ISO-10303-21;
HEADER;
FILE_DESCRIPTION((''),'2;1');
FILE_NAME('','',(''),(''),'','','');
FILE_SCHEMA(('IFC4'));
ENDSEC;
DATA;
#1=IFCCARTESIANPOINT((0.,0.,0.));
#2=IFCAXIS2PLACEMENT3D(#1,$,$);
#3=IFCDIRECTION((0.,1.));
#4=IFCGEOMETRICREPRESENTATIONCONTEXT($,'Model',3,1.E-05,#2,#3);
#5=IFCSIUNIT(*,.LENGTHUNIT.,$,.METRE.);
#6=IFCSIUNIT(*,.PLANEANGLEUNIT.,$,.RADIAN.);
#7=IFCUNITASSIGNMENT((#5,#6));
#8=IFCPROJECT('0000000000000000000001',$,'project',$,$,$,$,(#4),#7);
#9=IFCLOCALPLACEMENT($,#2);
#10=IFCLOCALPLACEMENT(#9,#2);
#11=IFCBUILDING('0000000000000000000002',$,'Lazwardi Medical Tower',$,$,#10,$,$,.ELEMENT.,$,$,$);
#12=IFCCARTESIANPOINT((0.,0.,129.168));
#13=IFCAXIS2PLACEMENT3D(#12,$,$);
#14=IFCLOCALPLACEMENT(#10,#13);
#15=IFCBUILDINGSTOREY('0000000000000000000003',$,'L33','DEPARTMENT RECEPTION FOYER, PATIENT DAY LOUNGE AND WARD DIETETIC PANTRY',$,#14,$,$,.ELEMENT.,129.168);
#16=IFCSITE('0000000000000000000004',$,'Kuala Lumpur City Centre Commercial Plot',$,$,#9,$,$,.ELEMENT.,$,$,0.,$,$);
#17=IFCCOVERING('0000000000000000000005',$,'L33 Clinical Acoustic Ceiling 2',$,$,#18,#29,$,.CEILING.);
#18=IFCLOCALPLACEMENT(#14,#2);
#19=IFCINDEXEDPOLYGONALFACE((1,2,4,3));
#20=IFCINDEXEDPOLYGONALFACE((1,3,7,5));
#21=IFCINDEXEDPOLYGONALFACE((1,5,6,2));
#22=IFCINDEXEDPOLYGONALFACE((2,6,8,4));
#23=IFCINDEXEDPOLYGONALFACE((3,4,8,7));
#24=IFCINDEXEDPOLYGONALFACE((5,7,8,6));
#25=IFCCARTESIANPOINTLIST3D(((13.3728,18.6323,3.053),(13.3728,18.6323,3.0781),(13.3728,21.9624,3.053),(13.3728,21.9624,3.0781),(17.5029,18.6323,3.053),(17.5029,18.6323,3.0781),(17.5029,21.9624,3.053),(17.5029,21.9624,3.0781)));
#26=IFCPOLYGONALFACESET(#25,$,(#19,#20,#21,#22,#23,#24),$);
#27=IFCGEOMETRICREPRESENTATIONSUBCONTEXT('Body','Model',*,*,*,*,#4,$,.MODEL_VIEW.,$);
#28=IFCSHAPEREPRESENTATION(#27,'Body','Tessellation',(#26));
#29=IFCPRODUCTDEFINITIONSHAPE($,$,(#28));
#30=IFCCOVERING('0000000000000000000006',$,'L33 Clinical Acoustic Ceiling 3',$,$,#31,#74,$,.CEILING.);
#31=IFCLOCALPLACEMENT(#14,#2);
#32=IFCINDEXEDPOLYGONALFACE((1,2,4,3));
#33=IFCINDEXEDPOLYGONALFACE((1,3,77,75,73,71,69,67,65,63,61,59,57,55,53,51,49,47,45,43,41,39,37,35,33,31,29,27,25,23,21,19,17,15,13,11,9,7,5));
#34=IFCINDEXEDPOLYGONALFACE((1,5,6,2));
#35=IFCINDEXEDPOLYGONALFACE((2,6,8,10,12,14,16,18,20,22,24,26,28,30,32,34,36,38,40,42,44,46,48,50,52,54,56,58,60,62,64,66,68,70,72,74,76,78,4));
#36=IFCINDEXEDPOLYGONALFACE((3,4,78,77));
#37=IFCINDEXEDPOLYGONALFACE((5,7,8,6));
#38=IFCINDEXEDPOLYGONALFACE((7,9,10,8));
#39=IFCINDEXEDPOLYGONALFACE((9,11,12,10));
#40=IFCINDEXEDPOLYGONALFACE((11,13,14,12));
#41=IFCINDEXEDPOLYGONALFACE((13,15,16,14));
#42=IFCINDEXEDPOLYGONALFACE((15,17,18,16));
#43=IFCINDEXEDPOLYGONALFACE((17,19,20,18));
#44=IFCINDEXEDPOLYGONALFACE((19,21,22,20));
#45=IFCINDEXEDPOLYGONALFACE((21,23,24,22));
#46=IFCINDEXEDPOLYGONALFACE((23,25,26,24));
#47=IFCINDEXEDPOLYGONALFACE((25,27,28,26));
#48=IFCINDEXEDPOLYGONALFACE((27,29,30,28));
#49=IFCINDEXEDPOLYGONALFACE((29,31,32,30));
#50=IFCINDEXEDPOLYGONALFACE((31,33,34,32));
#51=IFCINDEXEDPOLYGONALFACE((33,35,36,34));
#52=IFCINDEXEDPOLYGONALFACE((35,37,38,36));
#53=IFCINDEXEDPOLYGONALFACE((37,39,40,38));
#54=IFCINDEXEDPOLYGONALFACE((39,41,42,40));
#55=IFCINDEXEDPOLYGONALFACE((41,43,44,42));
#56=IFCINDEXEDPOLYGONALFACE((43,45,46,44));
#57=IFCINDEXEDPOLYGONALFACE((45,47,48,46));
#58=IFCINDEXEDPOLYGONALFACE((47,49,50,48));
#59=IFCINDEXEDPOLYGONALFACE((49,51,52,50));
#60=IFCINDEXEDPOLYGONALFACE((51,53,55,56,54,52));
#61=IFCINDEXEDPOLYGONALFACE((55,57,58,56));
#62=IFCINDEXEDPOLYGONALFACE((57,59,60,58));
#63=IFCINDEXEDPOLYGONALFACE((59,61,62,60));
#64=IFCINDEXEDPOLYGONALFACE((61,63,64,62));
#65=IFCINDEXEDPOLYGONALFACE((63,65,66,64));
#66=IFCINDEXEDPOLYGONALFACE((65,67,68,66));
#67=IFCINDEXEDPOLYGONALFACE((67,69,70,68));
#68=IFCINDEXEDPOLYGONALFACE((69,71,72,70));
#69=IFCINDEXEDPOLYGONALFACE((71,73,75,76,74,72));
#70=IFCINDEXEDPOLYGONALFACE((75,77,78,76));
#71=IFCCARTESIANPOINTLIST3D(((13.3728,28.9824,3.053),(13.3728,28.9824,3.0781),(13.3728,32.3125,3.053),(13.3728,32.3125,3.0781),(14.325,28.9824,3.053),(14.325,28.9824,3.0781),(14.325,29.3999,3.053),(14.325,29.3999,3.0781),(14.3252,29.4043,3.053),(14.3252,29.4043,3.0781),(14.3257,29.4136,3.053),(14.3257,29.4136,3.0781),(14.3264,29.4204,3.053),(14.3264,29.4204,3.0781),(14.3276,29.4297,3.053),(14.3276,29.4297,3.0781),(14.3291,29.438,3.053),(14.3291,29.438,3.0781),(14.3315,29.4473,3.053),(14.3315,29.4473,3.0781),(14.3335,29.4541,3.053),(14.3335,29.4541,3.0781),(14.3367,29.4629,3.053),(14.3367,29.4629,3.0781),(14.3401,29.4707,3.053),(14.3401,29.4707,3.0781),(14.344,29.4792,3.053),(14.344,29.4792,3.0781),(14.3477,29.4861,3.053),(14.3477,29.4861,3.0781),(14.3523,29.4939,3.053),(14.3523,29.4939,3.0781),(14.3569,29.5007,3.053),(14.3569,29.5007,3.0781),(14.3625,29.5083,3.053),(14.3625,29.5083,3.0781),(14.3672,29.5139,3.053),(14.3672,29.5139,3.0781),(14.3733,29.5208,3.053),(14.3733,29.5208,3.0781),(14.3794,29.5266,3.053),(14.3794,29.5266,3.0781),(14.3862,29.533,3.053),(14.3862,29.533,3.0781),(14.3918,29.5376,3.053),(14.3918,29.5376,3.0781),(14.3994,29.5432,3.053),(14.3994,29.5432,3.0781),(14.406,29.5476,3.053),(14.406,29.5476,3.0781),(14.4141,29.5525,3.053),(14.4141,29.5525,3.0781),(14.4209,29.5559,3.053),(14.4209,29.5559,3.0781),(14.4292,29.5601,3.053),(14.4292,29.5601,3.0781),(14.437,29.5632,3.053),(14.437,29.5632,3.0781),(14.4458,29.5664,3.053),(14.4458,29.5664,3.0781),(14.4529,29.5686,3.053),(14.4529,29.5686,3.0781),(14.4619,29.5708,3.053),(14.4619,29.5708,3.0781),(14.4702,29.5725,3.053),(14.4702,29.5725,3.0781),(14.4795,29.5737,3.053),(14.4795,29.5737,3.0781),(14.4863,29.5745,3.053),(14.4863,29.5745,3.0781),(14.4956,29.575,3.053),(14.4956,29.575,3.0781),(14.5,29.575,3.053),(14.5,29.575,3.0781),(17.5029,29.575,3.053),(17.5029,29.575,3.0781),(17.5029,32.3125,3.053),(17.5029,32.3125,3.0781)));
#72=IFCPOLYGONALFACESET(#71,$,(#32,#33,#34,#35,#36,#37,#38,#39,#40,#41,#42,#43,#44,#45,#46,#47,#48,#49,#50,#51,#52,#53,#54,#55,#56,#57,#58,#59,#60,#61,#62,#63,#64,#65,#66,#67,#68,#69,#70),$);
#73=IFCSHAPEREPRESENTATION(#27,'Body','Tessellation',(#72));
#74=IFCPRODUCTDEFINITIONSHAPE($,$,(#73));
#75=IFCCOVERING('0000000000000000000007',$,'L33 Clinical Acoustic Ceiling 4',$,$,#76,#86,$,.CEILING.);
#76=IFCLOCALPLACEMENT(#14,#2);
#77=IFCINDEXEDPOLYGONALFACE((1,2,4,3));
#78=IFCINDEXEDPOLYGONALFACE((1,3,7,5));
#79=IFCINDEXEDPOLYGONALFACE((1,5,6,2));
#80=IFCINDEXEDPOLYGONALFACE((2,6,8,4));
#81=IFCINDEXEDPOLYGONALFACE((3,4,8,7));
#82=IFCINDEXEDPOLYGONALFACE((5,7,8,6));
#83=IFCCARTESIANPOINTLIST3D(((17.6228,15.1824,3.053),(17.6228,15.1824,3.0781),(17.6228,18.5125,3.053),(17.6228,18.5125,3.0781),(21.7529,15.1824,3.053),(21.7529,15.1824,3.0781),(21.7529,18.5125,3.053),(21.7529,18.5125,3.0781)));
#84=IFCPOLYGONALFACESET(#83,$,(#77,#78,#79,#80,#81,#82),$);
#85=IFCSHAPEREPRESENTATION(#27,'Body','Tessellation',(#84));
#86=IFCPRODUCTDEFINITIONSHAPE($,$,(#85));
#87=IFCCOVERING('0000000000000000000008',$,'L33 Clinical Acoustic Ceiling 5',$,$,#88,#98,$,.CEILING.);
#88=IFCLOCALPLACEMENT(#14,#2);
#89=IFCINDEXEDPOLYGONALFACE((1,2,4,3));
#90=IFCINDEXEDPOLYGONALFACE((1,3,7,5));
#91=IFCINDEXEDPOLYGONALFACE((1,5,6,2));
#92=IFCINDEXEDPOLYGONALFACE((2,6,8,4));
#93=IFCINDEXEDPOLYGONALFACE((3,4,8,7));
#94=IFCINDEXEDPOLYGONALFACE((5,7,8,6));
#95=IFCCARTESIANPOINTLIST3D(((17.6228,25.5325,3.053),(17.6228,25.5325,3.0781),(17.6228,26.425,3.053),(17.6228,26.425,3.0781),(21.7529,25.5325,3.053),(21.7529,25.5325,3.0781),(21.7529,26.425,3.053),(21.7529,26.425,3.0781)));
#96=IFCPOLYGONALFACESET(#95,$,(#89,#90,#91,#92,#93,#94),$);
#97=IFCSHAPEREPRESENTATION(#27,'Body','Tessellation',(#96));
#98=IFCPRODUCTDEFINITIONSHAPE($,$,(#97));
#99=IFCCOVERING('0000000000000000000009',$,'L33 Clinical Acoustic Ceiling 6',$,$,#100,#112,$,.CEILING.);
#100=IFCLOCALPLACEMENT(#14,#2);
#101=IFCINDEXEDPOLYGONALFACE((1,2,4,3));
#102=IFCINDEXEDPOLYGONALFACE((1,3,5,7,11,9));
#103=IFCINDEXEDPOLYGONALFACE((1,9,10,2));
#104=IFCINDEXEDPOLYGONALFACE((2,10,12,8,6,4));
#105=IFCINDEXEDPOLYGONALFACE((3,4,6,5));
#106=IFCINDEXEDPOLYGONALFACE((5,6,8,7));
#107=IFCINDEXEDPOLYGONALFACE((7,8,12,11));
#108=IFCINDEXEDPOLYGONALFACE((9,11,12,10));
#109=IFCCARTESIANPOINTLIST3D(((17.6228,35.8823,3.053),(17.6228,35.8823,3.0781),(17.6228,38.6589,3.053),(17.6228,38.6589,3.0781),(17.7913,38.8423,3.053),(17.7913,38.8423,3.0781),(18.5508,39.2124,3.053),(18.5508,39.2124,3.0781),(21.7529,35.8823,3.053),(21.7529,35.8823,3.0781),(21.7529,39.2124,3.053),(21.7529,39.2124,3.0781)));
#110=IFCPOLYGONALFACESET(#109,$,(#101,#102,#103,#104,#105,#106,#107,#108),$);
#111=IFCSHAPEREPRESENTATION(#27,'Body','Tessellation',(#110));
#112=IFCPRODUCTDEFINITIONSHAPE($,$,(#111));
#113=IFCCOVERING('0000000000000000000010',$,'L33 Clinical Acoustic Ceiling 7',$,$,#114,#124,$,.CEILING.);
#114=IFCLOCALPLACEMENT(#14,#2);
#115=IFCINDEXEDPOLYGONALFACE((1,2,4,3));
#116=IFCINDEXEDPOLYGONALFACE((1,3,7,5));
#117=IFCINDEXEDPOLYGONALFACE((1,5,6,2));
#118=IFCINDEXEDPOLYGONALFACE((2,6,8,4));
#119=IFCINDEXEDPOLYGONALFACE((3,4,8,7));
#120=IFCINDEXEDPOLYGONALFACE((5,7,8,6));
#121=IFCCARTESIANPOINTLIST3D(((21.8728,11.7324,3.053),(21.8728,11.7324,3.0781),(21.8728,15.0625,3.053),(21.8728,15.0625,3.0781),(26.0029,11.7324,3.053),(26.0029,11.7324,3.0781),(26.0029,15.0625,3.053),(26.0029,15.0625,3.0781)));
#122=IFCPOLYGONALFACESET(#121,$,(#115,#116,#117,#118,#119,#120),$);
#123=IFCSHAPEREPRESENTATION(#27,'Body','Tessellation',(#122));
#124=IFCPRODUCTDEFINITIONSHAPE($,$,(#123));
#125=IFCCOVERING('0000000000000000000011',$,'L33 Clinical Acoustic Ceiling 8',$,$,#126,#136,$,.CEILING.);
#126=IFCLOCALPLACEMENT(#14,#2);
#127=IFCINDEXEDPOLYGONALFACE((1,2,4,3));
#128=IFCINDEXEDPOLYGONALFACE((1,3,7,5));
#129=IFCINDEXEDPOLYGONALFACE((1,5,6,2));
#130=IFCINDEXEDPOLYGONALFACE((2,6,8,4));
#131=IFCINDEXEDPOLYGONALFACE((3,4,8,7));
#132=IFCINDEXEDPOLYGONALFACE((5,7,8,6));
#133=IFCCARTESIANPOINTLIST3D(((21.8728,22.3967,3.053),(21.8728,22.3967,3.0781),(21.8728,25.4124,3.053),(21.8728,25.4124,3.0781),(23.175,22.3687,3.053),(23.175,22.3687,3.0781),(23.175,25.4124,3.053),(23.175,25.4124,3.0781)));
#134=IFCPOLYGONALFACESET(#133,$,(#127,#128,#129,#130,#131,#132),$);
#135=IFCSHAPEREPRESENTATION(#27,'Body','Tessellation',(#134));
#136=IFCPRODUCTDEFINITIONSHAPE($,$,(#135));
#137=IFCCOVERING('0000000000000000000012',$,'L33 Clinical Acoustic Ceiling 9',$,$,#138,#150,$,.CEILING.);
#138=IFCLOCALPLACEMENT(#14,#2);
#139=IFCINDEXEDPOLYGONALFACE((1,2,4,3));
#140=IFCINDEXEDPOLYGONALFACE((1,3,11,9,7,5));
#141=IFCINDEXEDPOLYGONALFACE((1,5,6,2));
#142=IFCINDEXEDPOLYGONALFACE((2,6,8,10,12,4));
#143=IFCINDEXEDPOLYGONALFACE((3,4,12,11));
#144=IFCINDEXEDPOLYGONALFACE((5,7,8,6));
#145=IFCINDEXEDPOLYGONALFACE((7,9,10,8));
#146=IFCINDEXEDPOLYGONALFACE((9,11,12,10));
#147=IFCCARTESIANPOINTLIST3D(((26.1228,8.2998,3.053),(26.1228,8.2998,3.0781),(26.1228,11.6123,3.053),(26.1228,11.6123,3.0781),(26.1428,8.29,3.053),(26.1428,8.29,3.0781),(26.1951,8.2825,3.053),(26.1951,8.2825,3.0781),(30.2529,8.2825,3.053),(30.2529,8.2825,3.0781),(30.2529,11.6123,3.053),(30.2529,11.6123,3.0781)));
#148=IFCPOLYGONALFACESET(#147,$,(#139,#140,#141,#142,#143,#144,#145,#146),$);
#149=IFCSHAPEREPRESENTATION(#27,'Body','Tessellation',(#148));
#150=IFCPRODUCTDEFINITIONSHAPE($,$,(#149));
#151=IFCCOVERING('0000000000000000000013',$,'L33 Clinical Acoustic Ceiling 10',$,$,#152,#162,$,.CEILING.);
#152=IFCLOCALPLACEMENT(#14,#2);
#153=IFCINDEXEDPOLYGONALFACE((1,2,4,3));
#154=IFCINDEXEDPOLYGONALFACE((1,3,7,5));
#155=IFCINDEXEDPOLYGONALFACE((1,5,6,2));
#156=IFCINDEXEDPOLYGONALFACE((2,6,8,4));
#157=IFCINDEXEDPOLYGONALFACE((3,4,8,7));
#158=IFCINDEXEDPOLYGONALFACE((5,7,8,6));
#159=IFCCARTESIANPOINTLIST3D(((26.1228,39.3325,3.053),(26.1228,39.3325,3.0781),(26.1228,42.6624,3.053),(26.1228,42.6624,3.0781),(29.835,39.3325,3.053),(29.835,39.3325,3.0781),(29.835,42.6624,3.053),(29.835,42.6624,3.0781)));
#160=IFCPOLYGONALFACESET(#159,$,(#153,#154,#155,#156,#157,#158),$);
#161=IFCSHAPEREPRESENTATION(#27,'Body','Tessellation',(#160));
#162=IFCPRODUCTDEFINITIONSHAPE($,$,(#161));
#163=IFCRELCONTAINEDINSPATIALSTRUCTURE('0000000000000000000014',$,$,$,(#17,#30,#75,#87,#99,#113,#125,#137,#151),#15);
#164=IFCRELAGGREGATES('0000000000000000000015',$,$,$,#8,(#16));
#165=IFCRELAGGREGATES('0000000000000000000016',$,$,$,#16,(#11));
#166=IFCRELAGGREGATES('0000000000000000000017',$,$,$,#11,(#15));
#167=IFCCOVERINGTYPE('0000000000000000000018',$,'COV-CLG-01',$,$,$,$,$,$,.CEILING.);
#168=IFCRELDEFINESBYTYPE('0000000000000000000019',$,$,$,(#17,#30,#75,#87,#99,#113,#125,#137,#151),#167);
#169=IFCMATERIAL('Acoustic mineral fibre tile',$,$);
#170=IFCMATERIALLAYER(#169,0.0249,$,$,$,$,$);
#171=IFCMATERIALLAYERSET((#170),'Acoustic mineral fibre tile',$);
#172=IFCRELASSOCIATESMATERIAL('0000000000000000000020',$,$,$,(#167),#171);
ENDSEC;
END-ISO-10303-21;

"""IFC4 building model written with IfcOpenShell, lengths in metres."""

from ifc_helpers import new_model, si_unit, direction, frame, origin, place, context, subcontext, project, spatial, polyline, outline, extrude, material, layer, layer_set, type_object, element, save


model = new_model("IFC4")

# Units and contexts
model_context = context("Model", 3, precision=1e-05, world=origin(), true_north=direction((0.0, 1.0)))
body_context = subcontext(model_context, "Body", "Model", "MODEL_VIEW")
ifc_project = project(units=[si_unit("LENGTHUNIT", "METRE"), si_unit("PLANEANGLEUNIT", "RADIAN")], contexts=[model_context])

# Site, building, storey
site_placement = place(None, origin())
site = spatial("IfcSite", under=ifc_project, at=site_placement, Name="Kuala Lumpur City Centre Commercial Plot", CompositionType="ELEMENT", RefElevation=0.0)
building_placement = place(site_placement, origin())
building = spatial("IfcBuilding", under=site, at=building_placement, Name="Lazwardi Medical Tower", CompositionType="ELEMENT")
storey_placement = place(building_placement, frame((0.0, 0.0, 129.168)))
storey = spatial("IfcBuildingStorey", under=building, at=storey_placement, Name="L33", Description="DEPARTMENT RECEPTION FOYER, PATIENT DAY LOUNGE AND WARD DIETETIC PANTRY", CompositionType="ELEMENT", Elevation=129.168)

# Coverings
ifc_material_1 = material(Name="Acoustic mineral fibre tile")
ifc_layer_1 = layer(ifc_material_1, 0.0249)
ifc_layer_set_1 = layer_set([ifc_layer_1], Name="Acoustic mineral fibre tile")
covering_type_1 = type_object("IfcCoveringType", Name="COV-CLG-01", PredefinedType="CEILING", material=ifc_layer_set_1)
covering_1_placement = place(storey_placement, frame((0.0, 0.0, 3.053)))
element("IfcCovering", 1, at=covering_1_placement, inside=storey, type_object=covering_type_1, Name="L33 Clinical Acoustic Ceiling 2", PredefinedType="CEILING", context=body_context, shape_type="SweptSolid", body=[
    extrude(outline(polyline([(17.5029, 18.6323), (17.5029, 21.9624), (13.3728, 21.9624), (13.3728, 18.6323), (17.5029, 18.6323)])), origin(), (0.0, 0.0, 1.0), 0.0251),
])
covering_2_placement = place(storey_placement, frame((0.0, 0.0, 3.053)))
element("IfcCovering", 2, at=covering_2_placement, inside=storey, type_object=covering_type_1, Name="L33 Clinical Acoustic Ceiling 3", PredefinedType="CEILING", context=body_context, shape_type="SweptSolid", body=[
    extrude(outline(polyline([(14.325, 28.9824), (14.325, 29.3999), (14.3252, 29.4043), (14.3257, 29.4136), (14.3264, 29.4204), (14.3276, 29.4297), (14.3291, 29.438), (14.3315, 29.4473), (14.3335, 29.4541), (14.3367, 29.4629), (14.3401, 29.4707), (14.344, 29.4792), (14.3477, 29.4861), (14.3523, 29.4939), (14.3569, 29.5007), (14.3625, 29.5083), (14.3672, 29.5139), (14.3733, 29.5208), (14.3794, 29.5266), (14.3862, 29.533), (14.3918, 29.5376), (14.3994, 29.5432), (14.406, 29.5476), (14.4141, 29.5525), (14.4209, 29.5559), (14.4292, 29.5601), (14.437, 29.5632), (14.4458, 29.5664), (14.4529, 29.5686), (14.4619, 29.5708), (14.4702, 29.5725), (14.4795, 29.5737), (14.4863, 29.5745), (14.4956, 29.575), (14.5, 29.575), (17.5029, 29.575), (17.5029, 32.3125), (13.3728, 32.3125), (13.3728, 28.9824), (14.325, 28.9824)])), origin(), (0.0, 0.0, 1.0), 0.0251),
])
covering_3_placement = place(storey_placement, frame((0.0, 0.0, 3.053)))
element("IfcCovering", 3, at=covering_3_placement, inside=storey, type_object=covering_type_1, Name="L33 Clinical Acoustic Ceiling 4", PredefinedType="CEILING", context=body_context, shape_type="SweptSolid", body=[
    extrude(outline(polyline([(21.7529, 15.1824), (21.7529, 18.5125), (17.6228, 18.5125), (17.6228, 15.1824), (21.7529, 15.1824)])), origin(), (0.0, 0.0, 1.0), 0.0251),
])
covering_4_placement = place(storey_placement, frame((0.0, 0.0, 3.053)))
element("IfcCovering", 4, at=covering_4_placement, inside=storey, type_object=covering_type_1, Name="L33 Clinical Acoustic Ceiling 5", PredefinedType="CEILING", context=body_context, shape_type="SweptSolid", body=[
    extrude(outline(polyline([(21.7529, 26.425), (17.6228, 26.425), (17.6228, 25.5325), (21.7529, 25.5325), (21.7529, 26.425)])), origin(), (0.0, 0.0, 1.0), 0.0251),
])
covering_5_placement = place(storey_placement, frame((0.0, 0.0, 3.053)))
element("IfcCovering", 5, at=covering_5_placement, inside=storey, type_object=covering_type_1, Name="L33 Clinical Acoustic Ceiling 6", PredefinedType="CEILING", context=body_context, shape_type="SweptSolid", body=[
    extrude(outline(polyline([(18.5508, 39.2124), (17.7913, 38.8423), (17.6228, 38.6589), (17.6228, 35.8823), (21.7529, 35.8823), (21.7529, 39.2124), (18.5508, 39.2124)])), origin(), (0.0, 0.0, 1.0), 0.0251),
])
covering_6_placement = place(storey_placement, frame((0.0, 0.0, 3.053)))
element("IfcCovering", 6, at=covering_6_placement, inside=storey, type_object=covering_type_1, Name="L33 Clinical Acoustic Ceiling 7", PredefinedType="CEILING", context=body_context, shape_type="SweptSolid", body=[
    extrude(outline(polyline([(26.0029, 11.7324), (26.0029, 15.0625), (21.8728, 15.0625), (21.8728, 11.7324), (26.0029, 11.7324)])), origin(), (0.0, 0.0, 1.0), 0.0251),
])
covering_7_placement = place(storey_placement, frame((0.0, 0.0, 3.053)))
element("IfcCovering", 7, at=covering_7_placement, inside=storey, type_object=covering_type_1, Name="L33 Clinical Acoustic Ceiling 8", PredefinedType="CEILING", context=body_context, shape_type="SweptSolid", body=[
    extrude(outline(polyline([(21.8728, 22.3967), (23.175, 22.3687), (23.175, 25.4124), (21.8728, 25.4124), (21.8728, 22.3967)])), origin(), (0.0, 0.0, 1.0), 0.0251),
])
covering_8_placement = place(storey_placement, frame((0.0, 0.0, 3.053)))
element("IfcCovering", 8, at=covering_8_placement, inside=storey, type_object=covering_type_1, Name="L33 Clinical Acoustic Ceiling 9", PredefinedType="CEILING", context=body_context, shape_type="SweptSolid", body=[
    extrude(outline(polyline([(26.1228, 8.2998), (26.1428, 8.29), (26.1951, 8.2825), (30.2529, 8.2825), (30.2529, 11.6123), (26.1228, 11.6123), (26.1228, 8.2998)])), origin(), (0.0, 0.0, 1.0), 0.0251),
])
covering_9_placement = place(storey_placement, frame((0.0, 0.0, 3.053)))
element("IfcCovering", 9, at=covering_9_placement, inside=storey, type_object=covering_type_1, Name="L33 Clinical Acoustic Ceiling 10", PredefinedType="CEILING", context=body_context, shape_type="SweptSolid", body=[
    extrude(outline(polyline([(29.835, 39.3325), (29.835, 42.6624), (26.1228, 42.6624), (26.1228, 39.3325), (29.835, 39.3325)])), origin(), (0.0, 0.0, 1.0), 0.0251),
])

save(model, "model.ifc")
